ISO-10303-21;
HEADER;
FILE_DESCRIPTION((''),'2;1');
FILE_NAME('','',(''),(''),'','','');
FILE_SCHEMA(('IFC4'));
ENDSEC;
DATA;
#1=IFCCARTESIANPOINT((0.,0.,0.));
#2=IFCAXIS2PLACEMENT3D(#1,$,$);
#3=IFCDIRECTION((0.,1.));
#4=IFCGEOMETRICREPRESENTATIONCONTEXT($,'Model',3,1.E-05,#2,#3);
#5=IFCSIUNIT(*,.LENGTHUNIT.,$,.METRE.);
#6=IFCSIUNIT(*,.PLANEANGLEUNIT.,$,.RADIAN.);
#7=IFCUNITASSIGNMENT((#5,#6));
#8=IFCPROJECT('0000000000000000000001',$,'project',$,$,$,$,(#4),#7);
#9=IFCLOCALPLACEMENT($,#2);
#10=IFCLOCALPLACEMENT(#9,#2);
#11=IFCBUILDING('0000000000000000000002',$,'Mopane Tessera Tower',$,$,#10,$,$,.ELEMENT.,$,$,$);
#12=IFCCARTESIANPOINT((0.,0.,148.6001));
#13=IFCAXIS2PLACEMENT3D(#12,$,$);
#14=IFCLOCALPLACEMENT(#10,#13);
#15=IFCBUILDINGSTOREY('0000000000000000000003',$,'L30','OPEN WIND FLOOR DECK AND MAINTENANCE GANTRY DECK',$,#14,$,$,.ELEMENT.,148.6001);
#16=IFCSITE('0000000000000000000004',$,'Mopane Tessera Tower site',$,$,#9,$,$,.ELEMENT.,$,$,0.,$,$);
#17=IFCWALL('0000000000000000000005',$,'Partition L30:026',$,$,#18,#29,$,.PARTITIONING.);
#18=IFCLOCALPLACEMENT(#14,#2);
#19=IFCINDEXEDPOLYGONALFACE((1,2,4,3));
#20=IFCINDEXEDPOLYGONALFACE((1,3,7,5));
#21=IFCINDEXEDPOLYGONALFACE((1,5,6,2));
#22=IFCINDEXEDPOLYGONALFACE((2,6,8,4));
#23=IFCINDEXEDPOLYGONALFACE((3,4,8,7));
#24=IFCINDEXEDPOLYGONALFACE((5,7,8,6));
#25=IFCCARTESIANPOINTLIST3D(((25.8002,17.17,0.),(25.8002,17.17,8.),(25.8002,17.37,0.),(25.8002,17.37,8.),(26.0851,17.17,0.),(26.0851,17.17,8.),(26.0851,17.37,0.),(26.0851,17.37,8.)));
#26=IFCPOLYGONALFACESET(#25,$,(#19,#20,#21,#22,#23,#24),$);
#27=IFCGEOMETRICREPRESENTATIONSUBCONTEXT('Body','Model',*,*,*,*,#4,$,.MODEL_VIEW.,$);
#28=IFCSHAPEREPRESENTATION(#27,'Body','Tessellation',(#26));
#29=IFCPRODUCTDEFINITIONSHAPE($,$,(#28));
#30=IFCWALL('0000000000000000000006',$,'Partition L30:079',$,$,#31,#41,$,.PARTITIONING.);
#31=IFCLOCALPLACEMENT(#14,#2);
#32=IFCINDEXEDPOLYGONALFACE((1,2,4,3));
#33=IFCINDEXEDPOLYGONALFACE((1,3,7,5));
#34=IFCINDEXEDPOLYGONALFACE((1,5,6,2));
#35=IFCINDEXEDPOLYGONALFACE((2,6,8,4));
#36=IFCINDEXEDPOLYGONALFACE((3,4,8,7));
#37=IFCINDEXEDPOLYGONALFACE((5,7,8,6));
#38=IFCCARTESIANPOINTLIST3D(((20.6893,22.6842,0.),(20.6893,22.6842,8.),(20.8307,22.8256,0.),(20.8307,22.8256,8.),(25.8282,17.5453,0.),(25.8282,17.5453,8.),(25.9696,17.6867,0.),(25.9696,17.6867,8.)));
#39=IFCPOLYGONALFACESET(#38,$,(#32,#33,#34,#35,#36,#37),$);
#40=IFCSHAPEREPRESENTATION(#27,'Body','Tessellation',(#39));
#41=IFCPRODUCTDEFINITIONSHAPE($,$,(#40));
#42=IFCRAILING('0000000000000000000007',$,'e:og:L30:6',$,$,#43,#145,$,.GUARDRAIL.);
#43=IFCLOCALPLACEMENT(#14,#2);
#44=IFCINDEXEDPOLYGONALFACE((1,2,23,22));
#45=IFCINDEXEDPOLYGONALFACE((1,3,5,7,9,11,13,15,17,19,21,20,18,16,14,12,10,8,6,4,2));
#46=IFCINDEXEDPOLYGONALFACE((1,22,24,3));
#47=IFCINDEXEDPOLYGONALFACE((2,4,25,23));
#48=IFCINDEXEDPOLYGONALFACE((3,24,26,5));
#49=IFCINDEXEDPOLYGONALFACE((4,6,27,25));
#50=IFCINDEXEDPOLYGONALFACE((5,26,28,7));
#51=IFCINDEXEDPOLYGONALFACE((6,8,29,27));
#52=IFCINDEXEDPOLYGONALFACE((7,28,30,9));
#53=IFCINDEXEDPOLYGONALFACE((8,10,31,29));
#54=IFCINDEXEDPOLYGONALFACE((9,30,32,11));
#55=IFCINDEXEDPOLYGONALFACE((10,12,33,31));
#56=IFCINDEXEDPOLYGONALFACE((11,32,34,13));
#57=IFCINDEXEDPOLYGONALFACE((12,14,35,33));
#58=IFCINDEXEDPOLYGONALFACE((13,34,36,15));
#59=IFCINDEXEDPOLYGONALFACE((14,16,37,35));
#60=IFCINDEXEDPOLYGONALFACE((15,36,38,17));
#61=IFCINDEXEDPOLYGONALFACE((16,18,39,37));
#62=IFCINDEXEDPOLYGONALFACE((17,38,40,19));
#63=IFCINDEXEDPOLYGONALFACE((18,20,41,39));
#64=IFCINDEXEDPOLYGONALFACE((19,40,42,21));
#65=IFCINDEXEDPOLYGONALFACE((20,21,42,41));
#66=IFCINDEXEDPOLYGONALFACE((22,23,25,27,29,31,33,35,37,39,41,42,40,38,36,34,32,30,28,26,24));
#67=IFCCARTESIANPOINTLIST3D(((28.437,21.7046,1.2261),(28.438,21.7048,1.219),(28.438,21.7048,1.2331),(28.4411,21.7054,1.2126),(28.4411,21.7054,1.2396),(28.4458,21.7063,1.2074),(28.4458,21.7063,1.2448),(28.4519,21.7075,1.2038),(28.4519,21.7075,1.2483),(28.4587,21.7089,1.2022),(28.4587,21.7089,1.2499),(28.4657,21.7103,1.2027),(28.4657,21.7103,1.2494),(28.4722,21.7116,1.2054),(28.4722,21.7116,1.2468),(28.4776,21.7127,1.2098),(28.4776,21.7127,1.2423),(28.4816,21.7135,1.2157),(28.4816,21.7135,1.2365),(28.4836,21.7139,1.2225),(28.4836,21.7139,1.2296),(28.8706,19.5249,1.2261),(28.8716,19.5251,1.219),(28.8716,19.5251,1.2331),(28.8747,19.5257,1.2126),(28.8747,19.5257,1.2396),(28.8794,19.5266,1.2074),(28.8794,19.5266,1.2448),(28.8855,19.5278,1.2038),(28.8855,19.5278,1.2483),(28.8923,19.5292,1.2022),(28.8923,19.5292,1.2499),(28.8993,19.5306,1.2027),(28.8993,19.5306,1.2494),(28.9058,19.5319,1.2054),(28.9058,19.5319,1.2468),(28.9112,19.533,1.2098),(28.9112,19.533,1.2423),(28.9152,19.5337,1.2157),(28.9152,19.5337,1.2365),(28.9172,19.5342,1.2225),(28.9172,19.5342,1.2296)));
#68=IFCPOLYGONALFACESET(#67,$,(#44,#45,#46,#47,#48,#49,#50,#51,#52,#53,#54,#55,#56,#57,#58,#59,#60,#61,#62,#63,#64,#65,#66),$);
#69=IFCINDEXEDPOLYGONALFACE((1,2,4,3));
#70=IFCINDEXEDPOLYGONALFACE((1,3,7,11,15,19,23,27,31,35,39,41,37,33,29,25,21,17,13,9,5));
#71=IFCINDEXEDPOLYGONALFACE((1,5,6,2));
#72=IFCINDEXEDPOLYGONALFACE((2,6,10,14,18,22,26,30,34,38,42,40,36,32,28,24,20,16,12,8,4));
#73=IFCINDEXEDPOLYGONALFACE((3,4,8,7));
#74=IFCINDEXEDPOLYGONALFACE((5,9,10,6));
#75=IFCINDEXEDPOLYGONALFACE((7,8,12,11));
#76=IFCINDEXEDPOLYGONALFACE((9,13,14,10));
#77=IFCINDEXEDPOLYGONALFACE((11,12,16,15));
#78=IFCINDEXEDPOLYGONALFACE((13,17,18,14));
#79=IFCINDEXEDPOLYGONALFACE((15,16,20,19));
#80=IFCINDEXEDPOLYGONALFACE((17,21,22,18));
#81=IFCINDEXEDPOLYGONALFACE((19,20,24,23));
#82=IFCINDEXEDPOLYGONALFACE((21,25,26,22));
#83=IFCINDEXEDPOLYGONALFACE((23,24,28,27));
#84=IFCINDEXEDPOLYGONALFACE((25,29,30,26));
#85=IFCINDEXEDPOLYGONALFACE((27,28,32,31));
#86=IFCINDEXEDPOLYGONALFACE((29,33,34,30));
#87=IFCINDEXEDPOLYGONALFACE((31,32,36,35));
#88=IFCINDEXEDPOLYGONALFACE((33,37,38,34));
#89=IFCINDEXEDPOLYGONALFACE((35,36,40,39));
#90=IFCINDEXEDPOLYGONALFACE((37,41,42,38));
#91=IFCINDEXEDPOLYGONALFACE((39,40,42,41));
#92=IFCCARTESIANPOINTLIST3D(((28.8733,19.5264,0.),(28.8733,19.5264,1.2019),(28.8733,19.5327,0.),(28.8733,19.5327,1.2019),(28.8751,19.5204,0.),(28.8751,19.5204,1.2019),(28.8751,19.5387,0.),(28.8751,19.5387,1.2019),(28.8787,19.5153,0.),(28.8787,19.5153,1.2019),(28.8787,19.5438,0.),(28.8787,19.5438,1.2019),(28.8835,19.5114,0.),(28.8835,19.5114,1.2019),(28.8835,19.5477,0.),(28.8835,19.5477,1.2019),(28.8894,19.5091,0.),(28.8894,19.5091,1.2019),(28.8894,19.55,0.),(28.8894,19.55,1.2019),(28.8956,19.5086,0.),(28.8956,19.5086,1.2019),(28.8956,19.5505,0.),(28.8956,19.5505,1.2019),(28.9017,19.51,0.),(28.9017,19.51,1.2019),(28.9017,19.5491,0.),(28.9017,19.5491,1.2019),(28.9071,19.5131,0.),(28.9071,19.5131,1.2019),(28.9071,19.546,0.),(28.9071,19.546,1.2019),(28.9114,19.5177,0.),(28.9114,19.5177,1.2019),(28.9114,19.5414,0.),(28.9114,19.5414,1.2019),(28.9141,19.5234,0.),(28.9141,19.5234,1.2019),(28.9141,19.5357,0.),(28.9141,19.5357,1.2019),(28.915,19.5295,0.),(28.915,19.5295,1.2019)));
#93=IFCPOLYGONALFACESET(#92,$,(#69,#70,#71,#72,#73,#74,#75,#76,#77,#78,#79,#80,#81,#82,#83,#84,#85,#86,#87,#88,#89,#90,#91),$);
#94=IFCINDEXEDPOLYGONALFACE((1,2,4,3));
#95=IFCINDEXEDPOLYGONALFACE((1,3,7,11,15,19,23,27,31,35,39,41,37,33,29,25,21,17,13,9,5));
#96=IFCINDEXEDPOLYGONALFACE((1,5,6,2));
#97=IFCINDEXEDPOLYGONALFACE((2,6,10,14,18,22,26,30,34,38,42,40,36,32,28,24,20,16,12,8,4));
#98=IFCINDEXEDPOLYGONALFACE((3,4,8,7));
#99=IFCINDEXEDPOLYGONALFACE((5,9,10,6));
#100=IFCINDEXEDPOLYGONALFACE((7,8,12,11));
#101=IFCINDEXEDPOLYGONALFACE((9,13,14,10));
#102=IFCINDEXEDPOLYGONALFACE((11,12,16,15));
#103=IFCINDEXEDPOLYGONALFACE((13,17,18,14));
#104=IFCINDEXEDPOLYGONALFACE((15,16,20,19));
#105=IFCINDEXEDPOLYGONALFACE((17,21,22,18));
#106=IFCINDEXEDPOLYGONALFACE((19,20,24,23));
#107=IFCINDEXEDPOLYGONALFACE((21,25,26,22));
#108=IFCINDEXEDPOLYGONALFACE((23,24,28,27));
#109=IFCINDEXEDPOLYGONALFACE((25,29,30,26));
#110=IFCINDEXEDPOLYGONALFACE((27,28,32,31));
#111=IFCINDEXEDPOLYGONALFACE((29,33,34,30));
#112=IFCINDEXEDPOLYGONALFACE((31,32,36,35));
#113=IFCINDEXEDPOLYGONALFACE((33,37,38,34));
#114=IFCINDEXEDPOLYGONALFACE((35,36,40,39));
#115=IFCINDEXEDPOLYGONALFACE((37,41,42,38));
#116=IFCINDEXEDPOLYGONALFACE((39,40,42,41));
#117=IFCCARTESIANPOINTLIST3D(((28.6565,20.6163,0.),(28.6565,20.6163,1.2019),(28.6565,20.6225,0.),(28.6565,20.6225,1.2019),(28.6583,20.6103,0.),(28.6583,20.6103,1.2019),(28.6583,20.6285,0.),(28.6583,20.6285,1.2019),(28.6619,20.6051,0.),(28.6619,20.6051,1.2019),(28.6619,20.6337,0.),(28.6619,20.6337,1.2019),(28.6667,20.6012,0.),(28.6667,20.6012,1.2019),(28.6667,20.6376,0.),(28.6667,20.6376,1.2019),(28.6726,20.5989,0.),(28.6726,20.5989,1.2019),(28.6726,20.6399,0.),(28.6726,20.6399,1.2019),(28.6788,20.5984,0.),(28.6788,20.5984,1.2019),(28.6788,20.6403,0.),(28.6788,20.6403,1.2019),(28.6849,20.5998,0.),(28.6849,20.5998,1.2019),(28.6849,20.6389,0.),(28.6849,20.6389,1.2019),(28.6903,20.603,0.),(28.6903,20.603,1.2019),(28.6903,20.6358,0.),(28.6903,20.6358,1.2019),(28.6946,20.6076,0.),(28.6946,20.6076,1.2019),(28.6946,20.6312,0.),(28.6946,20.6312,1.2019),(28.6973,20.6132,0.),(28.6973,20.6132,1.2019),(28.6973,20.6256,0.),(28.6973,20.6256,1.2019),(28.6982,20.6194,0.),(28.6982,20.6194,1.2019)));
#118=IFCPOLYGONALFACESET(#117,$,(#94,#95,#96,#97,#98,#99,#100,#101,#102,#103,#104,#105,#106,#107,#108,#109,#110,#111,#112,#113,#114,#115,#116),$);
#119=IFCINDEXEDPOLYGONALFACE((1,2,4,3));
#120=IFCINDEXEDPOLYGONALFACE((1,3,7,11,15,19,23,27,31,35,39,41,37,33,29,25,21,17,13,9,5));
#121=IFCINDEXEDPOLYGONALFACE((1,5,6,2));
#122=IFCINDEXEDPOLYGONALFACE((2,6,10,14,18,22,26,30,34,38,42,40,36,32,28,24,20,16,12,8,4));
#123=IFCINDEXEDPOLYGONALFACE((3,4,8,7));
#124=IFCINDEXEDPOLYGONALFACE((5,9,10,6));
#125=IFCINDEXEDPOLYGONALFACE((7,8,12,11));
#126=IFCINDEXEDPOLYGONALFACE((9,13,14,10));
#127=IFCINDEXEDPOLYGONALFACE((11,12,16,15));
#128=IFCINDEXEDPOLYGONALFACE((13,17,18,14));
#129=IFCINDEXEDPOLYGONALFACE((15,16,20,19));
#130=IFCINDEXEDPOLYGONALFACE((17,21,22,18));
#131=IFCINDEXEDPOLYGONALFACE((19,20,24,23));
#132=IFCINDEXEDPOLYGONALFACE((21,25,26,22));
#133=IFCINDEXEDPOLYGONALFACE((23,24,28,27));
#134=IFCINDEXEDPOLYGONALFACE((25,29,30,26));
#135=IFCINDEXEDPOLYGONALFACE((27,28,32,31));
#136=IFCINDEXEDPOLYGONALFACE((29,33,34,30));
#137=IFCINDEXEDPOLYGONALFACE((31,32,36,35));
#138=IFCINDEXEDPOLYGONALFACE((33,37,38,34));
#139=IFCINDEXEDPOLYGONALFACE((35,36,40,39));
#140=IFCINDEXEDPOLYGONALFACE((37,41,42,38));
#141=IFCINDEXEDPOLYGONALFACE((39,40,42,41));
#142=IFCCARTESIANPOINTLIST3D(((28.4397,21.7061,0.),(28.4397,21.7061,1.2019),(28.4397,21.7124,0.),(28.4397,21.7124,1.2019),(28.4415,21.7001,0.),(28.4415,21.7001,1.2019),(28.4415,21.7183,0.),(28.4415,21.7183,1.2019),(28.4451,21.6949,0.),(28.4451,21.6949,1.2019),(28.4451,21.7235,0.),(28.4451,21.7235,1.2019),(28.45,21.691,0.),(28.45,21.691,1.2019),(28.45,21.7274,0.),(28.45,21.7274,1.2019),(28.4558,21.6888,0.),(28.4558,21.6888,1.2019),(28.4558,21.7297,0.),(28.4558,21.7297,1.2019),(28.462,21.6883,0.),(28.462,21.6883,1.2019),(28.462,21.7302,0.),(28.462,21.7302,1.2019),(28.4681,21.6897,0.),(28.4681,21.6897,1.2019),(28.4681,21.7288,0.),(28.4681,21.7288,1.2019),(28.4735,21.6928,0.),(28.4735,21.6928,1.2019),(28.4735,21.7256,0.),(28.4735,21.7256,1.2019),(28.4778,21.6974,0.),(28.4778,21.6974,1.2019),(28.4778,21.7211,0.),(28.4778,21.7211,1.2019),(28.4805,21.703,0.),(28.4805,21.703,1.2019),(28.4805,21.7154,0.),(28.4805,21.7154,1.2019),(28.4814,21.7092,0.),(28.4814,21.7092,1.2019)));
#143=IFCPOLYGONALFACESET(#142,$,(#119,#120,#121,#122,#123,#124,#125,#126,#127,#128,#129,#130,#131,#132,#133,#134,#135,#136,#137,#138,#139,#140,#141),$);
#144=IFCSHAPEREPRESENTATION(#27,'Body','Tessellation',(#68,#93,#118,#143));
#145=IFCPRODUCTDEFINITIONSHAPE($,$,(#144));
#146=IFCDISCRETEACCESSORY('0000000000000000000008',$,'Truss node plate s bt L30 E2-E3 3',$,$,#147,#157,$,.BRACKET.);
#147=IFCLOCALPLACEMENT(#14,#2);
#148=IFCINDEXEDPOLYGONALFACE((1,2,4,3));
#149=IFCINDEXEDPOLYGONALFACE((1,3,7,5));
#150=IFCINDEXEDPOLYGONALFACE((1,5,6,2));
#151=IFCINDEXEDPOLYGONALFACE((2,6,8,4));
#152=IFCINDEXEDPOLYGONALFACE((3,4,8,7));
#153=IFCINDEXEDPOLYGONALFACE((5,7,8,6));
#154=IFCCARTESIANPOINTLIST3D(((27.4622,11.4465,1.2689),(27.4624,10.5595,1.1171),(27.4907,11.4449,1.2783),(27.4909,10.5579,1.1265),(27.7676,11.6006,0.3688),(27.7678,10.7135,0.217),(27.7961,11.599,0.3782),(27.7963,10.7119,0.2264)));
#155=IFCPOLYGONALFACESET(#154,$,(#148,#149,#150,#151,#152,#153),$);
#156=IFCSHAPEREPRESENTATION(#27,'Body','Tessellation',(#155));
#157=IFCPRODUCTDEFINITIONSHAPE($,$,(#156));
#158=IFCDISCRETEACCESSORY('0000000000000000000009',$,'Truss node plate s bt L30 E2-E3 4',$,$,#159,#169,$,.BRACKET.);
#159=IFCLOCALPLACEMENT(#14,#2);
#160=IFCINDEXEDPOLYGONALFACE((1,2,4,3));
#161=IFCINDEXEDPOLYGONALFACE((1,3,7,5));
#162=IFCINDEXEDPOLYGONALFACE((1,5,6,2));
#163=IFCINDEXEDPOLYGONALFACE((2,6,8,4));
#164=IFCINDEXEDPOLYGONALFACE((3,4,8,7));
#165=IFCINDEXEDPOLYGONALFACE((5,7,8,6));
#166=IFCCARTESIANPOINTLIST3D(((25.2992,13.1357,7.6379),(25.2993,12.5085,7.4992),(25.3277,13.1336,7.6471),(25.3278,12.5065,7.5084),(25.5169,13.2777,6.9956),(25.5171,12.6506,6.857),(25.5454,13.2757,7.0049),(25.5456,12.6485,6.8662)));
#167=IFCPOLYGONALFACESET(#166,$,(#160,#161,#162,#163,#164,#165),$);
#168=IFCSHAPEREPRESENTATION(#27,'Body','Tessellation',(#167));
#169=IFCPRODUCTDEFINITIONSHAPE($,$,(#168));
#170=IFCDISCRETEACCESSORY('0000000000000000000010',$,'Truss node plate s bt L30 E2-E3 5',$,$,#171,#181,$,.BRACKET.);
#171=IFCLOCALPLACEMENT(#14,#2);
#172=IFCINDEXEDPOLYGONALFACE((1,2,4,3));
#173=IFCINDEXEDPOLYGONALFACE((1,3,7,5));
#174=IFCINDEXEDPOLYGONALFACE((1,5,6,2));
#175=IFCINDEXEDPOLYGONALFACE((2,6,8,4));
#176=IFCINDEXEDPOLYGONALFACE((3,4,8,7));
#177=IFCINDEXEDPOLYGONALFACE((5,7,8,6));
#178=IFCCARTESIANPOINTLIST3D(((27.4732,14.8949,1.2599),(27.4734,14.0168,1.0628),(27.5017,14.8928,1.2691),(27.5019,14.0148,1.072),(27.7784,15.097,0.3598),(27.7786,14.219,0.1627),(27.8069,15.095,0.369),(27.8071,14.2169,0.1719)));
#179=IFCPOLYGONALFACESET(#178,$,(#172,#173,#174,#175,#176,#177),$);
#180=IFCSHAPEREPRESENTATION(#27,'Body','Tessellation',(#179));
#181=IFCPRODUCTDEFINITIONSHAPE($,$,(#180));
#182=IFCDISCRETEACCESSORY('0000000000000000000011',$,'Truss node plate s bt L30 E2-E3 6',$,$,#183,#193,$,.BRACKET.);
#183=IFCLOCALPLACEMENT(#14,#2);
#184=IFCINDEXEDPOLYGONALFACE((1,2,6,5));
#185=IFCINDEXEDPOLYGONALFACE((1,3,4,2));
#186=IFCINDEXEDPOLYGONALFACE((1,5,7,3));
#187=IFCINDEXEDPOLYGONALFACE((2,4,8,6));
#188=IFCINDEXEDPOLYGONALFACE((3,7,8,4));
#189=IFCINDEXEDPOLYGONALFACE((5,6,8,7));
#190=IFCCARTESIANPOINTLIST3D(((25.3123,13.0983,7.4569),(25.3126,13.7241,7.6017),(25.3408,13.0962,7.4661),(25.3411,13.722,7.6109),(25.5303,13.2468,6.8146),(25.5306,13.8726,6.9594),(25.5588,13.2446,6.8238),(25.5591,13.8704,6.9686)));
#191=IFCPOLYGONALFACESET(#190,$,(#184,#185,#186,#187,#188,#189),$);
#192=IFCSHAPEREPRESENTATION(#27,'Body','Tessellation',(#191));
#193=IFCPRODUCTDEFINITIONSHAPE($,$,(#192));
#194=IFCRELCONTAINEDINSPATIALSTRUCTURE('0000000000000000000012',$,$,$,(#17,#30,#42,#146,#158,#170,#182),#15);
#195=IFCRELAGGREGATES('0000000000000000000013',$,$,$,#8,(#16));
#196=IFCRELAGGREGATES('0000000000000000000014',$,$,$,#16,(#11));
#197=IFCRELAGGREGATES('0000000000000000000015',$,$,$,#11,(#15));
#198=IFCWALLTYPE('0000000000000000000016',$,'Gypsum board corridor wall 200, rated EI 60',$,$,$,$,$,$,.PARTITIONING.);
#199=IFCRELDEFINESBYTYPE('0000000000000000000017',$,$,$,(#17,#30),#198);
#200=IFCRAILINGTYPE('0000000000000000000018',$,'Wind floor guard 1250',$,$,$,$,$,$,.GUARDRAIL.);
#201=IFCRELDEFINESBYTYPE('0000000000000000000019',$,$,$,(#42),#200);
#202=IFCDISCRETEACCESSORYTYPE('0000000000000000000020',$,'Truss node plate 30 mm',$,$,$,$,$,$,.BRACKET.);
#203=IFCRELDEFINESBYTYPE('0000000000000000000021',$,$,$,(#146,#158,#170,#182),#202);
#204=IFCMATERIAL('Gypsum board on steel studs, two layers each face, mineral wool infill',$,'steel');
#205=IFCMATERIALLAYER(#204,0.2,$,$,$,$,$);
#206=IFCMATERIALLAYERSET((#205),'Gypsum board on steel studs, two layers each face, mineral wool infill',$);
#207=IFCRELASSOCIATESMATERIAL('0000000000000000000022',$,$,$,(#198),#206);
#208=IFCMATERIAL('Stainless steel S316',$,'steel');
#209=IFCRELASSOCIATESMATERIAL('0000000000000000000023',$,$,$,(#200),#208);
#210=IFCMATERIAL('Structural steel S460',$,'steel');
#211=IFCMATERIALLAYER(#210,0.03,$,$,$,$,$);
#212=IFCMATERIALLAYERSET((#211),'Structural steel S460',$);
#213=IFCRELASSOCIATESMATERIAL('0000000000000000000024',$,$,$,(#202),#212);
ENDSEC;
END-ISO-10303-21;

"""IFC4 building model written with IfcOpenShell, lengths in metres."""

from ifc_helpers import new_model, si_unit, direction, frame, frame_2d, origin, origin_2d, place, context, subcontext, project, spatial, rectangle, circle, extrude, material, layer, layer_set, type_object, element, save


model = new_model("IFC4")

# Units and contexts
model_context = context("Model", 3, precision=1e-05, world=origin(), true_north=direction((0.0, 1.0)))
body_context = subcontext(model_context, "Body", "Model", "MODEL_VIEW")
ifc_project = project(units=[si_unit("LENGTHUNIT", "METRE"), si_unit("PLANEANGLEUNIT", "RADIAN")], contexts=[model_context])

# Site, building, storey
site_placement = place(None, origin())
site = spatial("IfcSite", under=ifc_project, at=site_placement, Name="Mopane Tessera Tower site", CompositionType="ELEMENT", RefElevation=0.0)
building_placement = place(site_placement, origin())
building = spatial("IfcBuilding", under=site, at=building_placement, Name="Mopane Tessera Tower", CompositionType="ELEMENT")
storey_placement = place(building_placement, frame((0.0, 0.0, 148.6001)))
storey = spatial("IfcBuildingStorey", under=building, at=storey_placement, Name="L30", Description="OPEN WIND FLOOR DECK AND MAINTENANCE GANTRY DECK", CompositionType="ELEMENT", Elevation=148.6001)

# Walls
ifc_material_1 = material(Name="Gypsum board on steel studs, two layers each face, mineral wool infill", Category="steel")
ifc_layer_1 = layer(ifc_material_1, 0.2)
ifc_layer_set_1 = layer_set([ifc_layer_1], Name="Gypsum board on steel studs, two layers each face, mineral wool infill")
wall_type = type_object("IfcWallType", Name="Gypsum board corridor wall 200, rated EI 60", PredefinedType="PARTITIONING", material=ifc_layer_set_1)
wall_1_placement = place(storey_placement, frame((25.8, 17.27, 0.0), z_axis=(0.0, 0.0, 1.0), x_axis=(1.0, 0.0, 0.0)))
element("IfcWall", 1, at=wall_1_placement, inside=storey, type_object=wall_type, Name="Partition L30:026", PredefinedType="PARTITIONING", context=body_context, shape_type="SweptSolid", body=[
    extrude(rectangle(XDim=0.2849, YDim=0.2, at=frame_2d((0.1426, 0.0))), origin(), (0.0, 0.0, 1.0), 8.0),
])
wall_2_placement = place(storey_placement, frame((25.8989, 17.616, 0.0), z_axis=(0.0, 0.0, 1.0), x_axis=(-0.707107, 0.707107, 0.0)))
element("IfcWall", 2, at=wall_2_placement, inside=storey, type_object=wall_type, Name="Partition L30:079", PredefinedType="PARTITIONING", context=body_context, shape_type="SweptSolid", body=[
    extrude(rectangle(XDim=7.2676, YDim=0.2, at=frame_2d((3.6338, 0.0))), origin(), (0.0, 0.0, 1.0), 8.0),
])

# Railing
ifc_material_2 = material(Name="Stainless steel S316", Category="steel")
railing_type = type_object("IfcRailingType", Name="Wind floor guard 1250", PredefinedType="GUARDRAIL", material=ifc_material_2)
railing_placement = place(storey_placement, frame((28.894, 19.5295, 0.0)))
element("IfcRailing", 3, at=railing_placement, inside=storey, type_object=railing_type, Name="e:og:L30:6", PredefinedType="GUARDRAIL", context=body_context, shape_type="SweptSolid", body=[
    extrude(circle(Radius=0.0239, at=origin_2d()), frame((0.0, 0.0, 1.2261), z_axis=(-0.195102, 0.980783, 0.0), x_axis=(-0.980783, -0.195102, 0.0)), (0.0, 0.0, 1.0), 2.2224),
    extrude(circle(Radius=0.021, at=origin_2d()), origin(), (0.0, 0.0, 1.0), 1.2019),
    extrude(circle(Radius=0.021, at=origin_2d()), frame((-0.2168, 1.0898, 0.0)), (0.0, 0.0, 1.0), 1.2019),
    extrude(circle(Radius=0.021, at=origin_2d()), frame((-0.4336, 2.1797, 0.0)), (0.0, 0.0, 1.0), 1.2019),
])

# Discrete accessories
ifc_material_3 = material(Name="Structural steel S460", Category="steel")
ifc_layer_2 = layer(ifc_material_3, 0.03)
ifc_layer_set_2 = layer_set([ifc_layer_2], Name="Structural steel S460")
discrete_accessory_type = type_object("IfcDiscreteAccessoryType", Name="Truss node plate 30 mm", PredefinedType="BRACKET", material=ifc_layer_set_2)
discrete_accessory_1_placement = place(storey_placement, frame((27.782, 11.1562, 0.2976), z_axis=(-0.31717, -0.15998, 0.934778), x_axis=(-0.948369, 0.05326, -0.312667)))
element("IfcDiscreteAccessory", 4, at=discrete_accessory_1_placement, inside=storey, type_object=discrete_accessory_type, Name="Truss node plate s bt L30 E2-E3 3", PredefinedType="BRACKET", context=body_context, shape_type="SweptSolid", body=[
    extrude(rectangle(XDim=0.03, YDim=0.8999, at=origin_2d()), origin(), (0.0, 0.0, 1.0), 0.9629),
])
discrete_accessory_2_placement = place(storey_placement, frame((25.5312, 12.9631, 6.9309), z_axis=(-0.314261, -0.205045, 0.926929), x_axis=(-0.949337, 0.067647, -0.306894)))
element("IfcDiscreteAccessory", 5, at=discrete_accessory_2_placement, inside=storey, type_object=discrete_accessory_type, Name="Truss node plate s bt L30 E2-E3 4", PredefinedType="BRACKET", context=body_context, shape_type="SweptSolid", body=[
    extrude(rectangle(XDim=0.03, YDim=0.6423, at=origin_2d()), origin(), (0.0, 0.0, 1.0), 0.6929),
])
discrete_accessory_3_placement = place(storey_placement, frame((27.7927, 14.657, 0.2659), z_axis=(-0.314054, -0.208029, 0.926334), x_axis=(-0.949405, 0.068564, -0.306478)))
element("IfcDiscreteAccessory", 6, at=discrete_accessory_3_placement, inside=storey, type_object=discrete_accessory_type, Name="Truss node plate s bt L30 E2-E3 5", PredefinedType="BRACKET", context=body_context, shape_type="SweptSolid", body=[
    extrude(rectangle(XDim=0.03, YDim=0.8999, at=origin_2d()), origin(), (0.0, 0.0, 1.0), 0.9717),
])
discrete_accessory_4_placement = place(storey_placement, frame((25.5447, 13.5586, 6.8916), z_axis=(-0.313976, -0.213771, 0.925052), x_axis=(-0.949431, 0.071197, -0.305798)))
element("IfcDiscreteAccessory", 7, at=discrete_accessory_4_placement, inside=storey, type_object=discrete_accessory_type, Name="Truss node plate s bt L30 E2-E3 6", PredefinedType="BRACKET", context=body_context, shape_type="SweptSolid", body=[
    extrude(rectangle(XDim=0.03, YDim=0.6423, at=origin_2d()), origin(), (0.0, 0.0, 1.0), 0.6943),
])

save(model, "model.ifc")
